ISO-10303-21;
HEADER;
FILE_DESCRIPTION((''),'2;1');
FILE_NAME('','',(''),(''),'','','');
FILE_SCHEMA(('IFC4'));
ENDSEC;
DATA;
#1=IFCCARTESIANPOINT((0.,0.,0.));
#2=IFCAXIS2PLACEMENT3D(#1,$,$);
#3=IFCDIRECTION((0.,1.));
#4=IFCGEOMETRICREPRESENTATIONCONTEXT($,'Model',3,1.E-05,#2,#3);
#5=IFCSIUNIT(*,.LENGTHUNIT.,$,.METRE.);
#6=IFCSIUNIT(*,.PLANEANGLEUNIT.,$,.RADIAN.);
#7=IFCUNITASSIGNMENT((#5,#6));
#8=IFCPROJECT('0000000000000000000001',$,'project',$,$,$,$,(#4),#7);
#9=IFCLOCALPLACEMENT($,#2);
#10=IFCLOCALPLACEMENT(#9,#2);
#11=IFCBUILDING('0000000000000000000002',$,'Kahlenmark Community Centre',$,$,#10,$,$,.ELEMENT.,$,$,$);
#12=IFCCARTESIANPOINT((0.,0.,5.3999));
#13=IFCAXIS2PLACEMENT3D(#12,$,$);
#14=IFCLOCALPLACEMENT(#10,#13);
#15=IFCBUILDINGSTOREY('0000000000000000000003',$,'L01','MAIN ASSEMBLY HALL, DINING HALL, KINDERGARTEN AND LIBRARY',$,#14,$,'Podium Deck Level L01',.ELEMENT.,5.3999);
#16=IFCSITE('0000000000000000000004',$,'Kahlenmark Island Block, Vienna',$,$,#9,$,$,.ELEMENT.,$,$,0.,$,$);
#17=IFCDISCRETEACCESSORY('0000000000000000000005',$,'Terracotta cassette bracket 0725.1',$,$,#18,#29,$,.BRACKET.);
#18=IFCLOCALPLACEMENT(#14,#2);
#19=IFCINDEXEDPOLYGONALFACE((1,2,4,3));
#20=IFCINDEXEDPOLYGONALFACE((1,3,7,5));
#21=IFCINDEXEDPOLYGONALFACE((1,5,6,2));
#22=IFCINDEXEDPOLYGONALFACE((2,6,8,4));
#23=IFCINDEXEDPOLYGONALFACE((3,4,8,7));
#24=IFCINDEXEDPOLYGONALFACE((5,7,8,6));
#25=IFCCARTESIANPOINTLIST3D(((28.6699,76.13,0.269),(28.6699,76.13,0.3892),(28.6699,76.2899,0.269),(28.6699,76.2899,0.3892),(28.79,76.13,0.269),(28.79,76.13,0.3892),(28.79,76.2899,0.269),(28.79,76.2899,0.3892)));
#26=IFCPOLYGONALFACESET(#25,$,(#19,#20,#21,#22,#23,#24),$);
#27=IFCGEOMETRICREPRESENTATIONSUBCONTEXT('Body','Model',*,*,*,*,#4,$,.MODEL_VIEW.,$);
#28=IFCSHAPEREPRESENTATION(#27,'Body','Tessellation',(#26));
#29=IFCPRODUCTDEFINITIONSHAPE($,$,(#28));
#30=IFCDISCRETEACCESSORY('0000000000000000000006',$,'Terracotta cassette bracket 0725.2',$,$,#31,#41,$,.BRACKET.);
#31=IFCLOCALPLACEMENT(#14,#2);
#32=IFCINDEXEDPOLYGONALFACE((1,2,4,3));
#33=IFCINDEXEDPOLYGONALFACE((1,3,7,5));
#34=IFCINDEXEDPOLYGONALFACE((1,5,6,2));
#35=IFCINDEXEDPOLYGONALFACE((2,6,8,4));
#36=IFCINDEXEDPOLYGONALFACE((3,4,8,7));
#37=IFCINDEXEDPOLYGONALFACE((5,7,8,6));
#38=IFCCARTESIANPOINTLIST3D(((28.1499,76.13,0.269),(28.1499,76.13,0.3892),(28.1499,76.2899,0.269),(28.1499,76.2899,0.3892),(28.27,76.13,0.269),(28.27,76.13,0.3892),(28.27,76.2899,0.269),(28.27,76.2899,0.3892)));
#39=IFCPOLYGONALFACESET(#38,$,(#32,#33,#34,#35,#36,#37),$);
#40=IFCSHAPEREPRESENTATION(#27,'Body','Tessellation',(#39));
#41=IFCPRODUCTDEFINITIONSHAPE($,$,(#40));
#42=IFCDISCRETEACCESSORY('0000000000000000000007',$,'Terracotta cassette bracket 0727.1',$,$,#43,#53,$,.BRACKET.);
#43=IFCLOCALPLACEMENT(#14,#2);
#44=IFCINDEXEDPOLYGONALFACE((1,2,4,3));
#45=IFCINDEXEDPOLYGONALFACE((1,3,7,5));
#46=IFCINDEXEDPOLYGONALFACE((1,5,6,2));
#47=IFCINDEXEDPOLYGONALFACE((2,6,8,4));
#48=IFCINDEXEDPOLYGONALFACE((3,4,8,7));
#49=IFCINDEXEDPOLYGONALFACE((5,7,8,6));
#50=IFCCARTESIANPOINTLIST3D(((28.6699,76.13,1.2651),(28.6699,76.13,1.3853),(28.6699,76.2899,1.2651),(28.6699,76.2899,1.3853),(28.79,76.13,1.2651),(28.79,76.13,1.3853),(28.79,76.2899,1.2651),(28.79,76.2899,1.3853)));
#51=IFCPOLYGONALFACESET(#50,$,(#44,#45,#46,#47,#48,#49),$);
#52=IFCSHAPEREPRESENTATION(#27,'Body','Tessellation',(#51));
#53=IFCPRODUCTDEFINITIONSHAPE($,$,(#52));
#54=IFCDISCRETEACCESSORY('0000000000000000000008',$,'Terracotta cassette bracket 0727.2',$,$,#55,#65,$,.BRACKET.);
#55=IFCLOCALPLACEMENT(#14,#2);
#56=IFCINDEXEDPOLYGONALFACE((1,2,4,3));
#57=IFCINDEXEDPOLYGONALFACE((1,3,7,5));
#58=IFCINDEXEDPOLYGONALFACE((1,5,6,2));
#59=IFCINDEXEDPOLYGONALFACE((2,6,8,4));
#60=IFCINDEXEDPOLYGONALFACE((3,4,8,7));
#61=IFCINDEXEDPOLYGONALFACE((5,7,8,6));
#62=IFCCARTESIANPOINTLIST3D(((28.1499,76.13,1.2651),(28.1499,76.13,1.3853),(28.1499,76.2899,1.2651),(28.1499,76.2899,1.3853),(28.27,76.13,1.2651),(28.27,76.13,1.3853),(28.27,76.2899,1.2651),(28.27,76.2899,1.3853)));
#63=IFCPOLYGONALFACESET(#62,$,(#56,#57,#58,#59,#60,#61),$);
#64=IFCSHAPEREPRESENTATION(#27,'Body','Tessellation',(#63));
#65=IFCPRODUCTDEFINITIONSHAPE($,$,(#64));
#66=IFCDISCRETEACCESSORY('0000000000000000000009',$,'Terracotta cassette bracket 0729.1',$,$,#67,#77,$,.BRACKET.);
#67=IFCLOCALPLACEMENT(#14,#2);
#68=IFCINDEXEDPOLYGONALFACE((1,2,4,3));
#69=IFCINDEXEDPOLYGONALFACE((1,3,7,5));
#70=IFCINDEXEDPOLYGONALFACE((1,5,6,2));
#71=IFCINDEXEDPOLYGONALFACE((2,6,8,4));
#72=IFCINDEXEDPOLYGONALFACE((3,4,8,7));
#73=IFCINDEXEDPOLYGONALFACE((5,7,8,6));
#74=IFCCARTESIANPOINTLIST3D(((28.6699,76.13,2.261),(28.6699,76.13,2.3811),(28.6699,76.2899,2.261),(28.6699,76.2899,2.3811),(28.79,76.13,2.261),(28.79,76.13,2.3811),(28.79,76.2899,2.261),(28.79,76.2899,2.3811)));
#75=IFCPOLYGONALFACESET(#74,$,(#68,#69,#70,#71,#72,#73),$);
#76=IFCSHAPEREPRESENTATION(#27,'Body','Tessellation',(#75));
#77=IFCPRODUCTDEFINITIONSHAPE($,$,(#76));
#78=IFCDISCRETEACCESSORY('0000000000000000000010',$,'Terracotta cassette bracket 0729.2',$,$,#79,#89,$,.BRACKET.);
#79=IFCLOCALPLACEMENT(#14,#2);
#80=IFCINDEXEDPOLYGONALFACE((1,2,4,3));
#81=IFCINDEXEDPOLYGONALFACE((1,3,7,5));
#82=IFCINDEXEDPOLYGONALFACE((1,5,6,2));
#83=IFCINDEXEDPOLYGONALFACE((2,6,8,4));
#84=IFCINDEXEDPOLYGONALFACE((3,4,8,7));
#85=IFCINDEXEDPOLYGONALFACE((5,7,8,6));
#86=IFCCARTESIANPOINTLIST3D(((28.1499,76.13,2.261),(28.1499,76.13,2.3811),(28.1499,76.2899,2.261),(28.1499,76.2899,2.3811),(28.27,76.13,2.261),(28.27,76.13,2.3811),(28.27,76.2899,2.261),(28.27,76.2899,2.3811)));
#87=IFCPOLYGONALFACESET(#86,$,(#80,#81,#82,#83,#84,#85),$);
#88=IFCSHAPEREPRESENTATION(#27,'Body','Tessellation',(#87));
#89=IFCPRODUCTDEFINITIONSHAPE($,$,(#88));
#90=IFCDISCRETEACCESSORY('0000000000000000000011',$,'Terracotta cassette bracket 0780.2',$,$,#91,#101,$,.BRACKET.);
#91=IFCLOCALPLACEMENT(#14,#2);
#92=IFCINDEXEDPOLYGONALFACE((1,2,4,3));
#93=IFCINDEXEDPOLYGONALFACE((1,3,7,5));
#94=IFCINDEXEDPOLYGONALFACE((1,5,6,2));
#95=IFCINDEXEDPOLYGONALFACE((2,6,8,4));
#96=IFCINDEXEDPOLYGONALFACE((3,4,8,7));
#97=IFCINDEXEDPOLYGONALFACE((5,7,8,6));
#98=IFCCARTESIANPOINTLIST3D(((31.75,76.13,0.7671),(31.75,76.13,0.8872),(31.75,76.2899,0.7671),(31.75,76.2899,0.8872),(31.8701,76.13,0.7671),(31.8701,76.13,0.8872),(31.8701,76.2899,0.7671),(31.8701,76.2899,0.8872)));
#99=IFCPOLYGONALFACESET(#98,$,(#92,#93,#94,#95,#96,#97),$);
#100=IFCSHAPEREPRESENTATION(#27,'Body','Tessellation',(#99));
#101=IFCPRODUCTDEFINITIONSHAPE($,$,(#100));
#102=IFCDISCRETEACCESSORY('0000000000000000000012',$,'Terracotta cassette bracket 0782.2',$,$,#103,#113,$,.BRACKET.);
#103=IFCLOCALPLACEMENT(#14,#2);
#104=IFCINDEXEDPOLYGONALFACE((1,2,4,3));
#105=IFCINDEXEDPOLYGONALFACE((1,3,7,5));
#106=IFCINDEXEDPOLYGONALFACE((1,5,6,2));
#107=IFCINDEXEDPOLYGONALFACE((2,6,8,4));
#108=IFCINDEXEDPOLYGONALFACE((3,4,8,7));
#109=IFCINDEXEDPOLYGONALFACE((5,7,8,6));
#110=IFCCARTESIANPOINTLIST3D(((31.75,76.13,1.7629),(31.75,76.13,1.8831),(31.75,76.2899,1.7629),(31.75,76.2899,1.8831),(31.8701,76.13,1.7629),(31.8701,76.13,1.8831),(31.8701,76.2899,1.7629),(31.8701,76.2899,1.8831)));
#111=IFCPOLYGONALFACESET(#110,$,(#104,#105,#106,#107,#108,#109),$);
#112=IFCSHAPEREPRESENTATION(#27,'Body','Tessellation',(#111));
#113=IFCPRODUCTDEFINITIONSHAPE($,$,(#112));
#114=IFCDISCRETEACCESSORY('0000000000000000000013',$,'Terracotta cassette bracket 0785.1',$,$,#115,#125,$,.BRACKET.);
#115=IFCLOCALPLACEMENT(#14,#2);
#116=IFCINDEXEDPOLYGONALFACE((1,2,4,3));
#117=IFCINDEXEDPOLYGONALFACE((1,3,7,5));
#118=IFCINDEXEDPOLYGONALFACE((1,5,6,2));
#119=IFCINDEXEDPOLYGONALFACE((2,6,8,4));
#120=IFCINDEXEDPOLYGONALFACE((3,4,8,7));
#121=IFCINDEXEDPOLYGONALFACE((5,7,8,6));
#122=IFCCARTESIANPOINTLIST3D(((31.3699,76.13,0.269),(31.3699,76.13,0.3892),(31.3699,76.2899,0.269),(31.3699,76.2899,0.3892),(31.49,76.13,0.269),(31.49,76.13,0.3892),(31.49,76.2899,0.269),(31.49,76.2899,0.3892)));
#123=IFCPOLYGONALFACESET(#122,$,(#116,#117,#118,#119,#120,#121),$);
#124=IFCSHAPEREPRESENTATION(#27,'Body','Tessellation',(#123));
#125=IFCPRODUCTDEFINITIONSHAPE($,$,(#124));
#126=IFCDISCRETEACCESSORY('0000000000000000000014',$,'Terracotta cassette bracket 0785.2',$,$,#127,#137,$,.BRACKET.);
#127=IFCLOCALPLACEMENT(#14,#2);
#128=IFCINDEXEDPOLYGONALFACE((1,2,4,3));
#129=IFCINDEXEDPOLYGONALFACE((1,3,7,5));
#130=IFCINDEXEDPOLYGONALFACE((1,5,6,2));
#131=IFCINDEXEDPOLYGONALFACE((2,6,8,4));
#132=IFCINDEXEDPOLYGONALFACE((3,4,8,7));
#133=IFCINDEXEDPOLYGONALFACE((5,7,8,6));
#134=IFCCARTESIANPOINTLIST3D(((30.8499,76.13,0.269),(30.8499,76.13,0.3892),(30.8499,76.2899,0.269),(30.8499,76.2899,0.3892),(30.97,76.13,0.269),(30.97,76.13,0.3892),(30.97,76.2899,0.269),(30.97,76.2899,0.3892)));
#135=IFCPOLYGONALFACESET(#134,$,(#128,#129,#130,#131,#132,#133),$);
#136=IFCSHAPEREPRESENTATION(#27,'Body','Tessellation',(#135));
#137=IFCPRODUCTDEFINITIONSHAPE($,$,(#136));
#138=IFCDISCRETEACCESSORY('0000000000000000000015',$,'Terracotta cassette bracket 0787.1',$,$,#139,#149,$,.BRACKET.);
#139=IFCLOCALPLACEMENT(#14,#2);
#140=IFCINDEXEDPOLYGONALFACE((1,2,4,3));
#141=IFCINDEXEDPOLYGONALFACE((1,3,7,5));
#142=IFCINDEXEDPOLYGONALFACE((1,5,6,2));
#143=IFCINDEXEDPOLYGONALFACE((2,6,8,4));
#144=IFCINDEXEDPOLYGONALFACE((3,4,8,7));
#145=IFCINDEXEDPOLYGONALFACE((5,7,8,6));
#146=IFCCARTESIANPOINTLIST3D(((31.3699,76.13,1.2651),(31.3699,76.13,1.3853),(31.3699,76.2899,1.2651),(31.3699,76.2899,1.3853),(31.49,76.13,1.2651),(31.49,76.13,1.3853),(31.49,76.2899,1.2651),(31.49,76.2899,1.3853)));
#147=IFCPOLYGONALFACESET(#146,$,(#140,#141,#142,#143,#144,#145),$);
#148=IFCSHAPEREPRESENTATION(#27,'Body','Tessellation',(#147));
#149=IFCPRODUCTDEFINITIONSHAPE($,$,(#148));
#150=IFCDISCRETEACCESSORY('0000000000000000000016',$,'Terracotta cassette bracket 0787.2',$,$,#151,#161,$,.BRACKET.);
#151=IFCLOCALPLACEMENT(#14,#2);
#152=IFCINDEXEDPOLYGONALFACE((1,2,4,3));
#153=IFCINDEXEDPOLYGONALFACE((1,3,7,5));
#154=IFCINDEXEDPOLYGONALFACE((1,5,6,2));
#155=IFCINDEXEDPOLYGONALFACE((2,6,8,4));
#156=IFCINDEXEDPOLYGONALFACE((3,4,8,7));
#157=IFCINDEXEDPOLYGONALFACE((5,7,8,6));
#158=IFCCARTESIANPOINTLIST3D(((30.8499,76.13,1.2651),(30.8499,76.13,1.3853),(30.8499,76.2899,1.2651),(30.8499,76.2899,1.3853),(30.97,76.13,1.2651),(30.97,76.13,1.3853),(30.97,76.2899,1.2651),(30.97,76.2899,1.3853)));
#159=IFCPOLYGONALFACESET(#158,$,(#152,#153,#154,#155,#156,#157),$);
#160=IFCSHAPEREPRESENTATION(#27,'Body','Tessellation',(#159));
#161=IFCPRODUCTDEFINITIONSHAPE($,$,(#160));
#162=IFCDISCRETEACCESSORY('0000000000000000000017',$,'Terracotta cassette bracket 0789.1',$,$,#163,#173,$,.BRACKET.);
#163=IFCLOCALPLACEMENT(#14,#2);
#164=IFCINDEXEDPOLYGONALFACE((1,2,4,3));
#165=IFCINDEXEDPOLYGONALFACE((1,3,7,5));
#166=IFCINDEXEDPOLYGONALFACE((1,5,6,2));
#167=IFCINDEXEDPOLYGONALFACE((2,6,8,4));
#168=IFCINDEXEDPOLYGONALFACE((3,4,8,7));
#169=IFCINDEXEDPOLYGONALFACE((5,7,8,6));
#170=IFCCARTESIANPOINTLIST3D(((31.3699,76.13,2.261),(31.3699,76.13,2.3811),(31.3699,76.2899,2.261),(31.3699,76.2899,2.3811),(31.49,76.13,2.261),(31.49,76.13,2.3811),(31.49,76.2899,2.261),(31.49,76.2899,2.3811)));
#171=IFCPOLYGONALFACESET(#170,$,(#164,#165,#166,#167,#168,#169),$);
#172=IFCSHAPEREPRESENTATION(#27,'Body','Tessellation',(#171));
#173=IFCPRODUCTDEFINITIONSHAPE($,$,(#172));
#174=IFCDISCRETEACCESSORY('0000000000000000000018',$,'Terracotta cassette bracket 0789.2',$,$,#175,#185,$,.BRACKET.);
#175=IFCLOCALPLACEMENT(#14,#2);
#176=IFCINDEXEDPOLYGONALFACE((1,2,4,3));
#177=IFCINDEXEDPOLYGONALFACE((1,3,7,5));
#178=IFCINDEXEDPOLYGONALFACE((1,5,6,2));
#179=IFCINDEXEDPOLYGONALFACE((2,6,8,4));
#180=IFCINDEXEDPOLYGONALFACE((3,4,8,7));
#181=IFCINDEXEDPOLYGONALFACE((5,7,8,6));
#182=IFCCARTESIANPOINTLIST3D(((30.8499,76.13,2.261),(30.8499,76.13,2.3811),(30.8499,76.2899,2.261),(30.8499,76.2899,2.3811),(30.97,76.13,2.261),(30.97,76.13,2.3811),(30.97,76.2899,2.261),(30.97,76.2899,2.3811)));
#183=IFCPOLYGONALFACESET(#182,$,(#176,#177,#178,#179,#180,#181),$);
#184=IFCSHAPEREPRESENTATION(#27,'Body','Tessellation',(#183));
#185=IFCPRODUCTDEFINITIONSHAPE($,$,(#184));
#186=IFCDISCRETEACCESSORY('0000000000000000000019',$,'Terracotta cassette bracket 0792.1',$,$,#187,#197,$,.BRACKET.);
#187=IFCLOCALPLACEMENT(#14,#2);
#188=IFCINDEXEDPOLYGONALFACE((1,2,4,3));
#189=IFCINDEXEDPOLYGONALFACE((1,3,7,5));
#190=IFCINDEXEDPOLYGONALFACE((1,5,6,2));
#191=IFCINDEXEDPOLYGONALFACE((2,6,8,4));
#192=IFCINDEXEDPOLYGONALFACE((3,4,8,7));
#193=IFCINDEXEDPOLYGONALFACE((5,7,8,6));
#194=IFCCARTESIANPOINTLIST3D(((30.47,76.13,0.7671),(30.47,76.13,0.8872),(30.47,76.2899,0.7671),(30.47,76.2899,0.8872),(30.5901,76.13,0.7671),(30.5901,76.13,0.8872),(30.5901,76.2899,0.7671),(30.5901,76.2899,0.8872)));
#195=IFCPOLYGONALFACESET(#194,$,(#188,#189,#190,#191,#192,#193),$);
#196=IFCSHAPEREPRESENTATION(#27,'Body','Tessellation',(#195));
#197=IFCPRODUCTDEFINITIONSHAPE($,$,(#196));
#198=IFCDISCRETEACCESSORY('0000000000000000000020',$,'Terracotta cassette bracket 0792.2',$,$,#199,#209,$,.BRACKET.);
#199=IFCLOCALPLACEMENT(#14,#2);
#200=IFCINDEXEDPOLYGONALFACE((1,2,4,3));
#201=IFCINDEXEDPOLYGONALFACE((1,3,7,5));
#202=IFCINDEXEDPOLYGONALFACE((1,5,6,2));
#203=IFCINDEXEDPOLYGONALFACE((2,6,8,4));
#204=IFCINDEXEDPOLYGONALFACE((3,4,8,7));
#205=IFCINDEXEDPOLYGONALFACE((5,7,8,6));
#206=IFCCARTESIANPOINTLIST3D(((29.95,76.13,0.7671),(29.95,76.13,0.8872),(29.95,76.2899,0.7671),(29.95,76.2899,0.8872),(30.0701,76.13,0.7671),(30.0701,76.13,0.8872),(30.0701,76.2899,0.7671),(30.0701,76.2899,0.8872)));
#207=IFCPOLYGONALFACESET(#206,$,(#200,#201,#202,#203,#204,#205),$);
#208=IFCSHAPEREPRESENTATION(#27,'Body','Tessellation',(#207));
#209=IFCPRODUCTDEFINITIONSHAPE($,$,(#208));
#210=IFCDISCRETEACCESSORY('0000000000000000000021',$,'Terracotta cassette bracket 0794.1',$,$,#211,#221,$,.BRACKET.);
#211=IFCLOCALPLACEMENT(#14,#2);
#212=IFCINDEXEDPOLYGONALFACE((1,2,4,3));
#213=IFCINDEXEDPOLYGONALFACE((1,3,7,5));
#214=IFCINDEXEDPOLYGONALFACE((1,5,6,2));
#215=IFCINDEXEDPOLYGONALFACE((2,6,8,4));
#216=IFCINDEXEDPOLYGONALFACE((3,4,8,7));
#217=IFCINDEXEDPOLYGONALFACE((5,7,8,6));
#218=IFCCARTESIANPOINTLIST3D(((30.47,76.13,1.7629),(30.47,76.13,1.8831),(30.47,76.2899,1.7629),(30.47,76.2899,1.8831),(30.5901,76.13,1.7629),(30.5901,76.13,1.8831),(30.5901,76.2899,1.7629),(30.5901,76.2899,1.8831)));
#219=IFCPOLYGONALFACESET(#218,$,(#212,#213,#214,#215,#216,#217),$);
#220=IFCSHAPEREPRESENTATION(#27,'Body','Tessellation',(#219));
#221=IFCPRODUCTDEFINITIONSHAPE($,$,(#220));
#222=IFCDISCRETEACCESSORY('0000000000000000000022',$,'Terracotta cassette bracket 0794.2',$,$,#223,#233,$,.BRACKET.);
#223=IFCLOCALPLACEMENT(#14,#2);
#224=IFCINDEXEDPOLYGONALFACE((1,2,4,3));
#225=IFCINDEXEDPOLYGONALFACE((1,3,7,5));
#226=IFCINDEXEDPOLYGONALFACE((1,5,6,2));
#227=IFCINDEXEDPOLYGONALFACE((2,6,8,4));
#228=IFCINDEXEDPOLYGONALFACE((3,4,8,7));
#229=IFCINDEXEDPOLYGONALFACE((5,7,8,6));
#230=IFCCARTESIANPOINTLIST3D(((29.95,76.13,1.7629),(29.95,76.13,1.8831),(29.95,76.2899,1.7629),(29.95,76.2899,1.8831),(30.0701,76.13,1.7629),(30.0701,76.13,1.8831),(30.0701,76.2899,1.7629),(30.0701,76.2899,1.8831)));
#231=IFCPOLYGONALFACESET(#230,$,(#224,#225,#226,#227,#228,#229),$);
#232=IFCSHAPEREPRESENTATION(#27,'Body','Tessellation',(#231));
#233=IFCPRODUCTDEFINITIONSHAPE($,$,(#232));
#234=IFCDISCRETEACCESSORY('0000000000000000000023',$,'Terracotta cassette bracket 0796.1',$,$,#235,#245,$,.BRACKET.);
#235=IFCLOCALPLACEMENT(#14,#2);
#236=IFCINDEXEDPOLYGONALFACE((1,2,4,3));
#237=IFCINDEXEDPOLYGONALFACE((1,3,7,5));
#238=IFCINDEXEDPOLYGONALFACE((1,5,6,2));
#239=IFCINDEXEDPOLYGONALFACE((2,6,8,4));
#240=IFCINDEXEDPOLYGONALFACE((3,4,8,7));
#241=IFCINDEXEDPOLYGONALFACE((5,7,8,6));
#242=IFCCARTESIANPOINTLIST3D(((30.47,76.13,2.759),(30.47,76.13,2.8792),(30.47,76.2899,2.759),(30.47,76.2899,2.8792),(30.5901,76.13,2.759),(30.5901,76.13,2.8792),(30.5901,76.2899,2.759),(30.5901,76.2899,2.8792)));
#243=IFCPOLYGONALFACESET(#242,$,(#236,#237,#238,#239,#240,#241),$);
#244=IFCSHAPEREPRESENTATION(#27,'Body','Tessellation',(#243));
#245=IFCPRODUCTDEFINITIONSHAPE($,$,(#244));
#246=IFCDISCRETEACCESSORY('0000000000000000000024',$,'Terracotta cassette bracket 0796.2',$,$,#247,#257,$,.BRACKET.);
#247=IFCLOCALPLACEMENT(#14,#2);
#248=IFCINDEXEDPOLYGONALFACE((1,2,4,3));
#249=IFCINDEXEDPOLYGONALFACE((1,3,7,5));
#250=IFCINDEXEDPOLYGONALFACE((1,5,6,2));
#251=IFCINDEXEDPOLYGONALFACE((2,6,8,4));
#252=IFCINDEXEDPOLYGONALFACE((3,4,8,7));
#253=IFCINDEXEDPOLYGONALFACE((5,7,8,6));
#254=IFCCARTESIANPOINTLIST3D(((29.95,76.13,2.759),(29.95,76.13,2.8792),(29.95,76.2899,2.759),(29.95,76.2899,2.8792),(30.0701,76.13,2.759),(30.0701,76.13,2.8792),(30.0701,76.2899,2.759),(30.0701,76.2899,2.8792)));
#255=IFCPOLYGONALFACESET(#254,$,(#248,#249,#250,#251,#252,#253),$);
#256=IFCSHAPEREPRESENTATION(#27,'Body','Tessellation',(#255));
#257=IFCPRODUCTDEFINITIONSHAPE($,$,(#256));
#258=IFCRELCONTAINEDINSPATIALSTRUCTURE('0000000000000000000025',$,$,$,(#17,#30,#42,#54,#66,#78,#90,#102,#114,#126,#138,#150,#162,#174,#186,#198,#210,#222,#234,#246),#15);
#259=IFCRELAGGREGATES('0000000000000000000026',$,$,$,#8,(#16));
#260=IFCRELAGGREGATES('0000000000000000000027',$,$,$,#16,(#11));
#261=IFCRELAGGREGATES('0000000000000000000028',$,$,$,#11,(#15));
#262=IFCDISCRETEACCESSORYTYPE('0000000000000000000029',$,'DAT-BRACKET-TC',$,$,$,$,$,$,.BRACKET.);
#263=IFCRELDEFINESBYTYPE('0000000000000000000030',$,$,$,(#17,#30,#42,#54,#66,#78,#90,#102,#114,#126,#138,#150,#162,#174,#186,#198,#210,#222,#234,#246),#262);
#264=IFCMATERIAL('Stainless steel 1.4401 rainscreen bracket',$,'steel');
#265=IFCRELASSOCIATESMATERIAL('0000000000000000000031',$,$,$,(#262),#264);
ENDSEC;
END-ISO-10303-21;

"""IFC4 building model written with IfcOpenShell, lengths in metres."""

from ifc_helpers import new_model, si_unit, direction, frame, origin, origin_2d, place, context, subcontext, project, spatial, rectangle, extrude, material, type_object, element, save


model = new_model("IFC4")

# Units and contexts
model_context = context("Model", 3, precision=1e-05, world=origin(), true_north=direction((0.0, 1.0)))
body_context = subcontext(model_context, "Body", "Model", "MODEL_VIEW")
ifc_project = project(units=[si_unit("LENGTHUNIT", "METRE"), si_unit("PLANEANGLEUNIT", "RADIAN")], contexts=[model_context])

# Site, building, storey
site_placement = place(None, origin())
site = spatial("IfcSite", under=ifc_project, at=site_placement, Name="Kahlenmark Island Block, Vienna", CompositionType="ELEMENT", RefElevation=0.0)
building_placement = place(site_placement, origin())
building = spatial("IfcBuilding", under=site, at=building_placement, Name="Kahlenmark Community Centre", CompositionType="ELEMENT")
storey_placement = place(building_placement, frame((0.0, 0.0, 5.3999)))
storey = spatial("IfcBuildingStorey", under=building, at=storey_placement, Name="L01", Description="MAIN ASSEMBLY HALL, DINING HALL, KINDERGARTEN AND LIBRARY", LongName="Podium Deck Level L01", CompositionType="ELEMENT", Elevation=5.3999)

# Discrete accessories
ifc_material = material(Name="Stainless steel 1.4401 rainscreen bracket", Category="steel")
discrete_accessory_type = type_object("IfcDiscreteAccessoryType", Name="DAT-BRACKET-TC", PredefinedType="BRACKET", material=ifc_material)
for number, where, z_axis, x_axis, name in (
    (1, (28.73, 76.21, 0.269), (0.0, 0.0, 1.0), (-1.0, 0.0, 0.0), "Terracotta cassette bracket 0725.1"),
    (2, (28.21, 76.21, 0.269), (0.0, 0.0, 1.0), (-1.0, 0.0, 0.0), "Terracotta cassette bracket 0725.2"),
    (3, (28.73, 76.21, 1.2651), (0.0, 0.0, 1.0), (-1.0, 0.0, 0.0), "Terracotta cassette bracket 0727.1"),
    (4, (28.21, 76.21, 1.2651), (0.0, 0.0, 1.0), (-1.0, 0.0, 0.0), "Terracotta cassette bracket 0727.2"),
    (5, (28.73, 76.21, 2.261), (0.0, 0.0, 1.0), (-1.0, 0.0, 0.0), "Terracotta cassette bracket 0729.1"),
    (6, (28.21, 76.21, 2.261), (0.0, 0.0, 1.0), (-1.0, 0.0, 0.0), "Terracotta cassette bracket 0729.2"),
    (7, (31.8101, 76.21, 0.7671), (0.0, 0.0, 1.0), (-1.0, 0.0, 0.0), "Terracotta cassette bracket 0780.2"),
    (8, (31.8101, 76.21, 1.7629), (0.0, 0.0, 1.0), (-1.0, 0.0, 0.0), "Terracotta cassette bracket 0782.2"),
    (9, (31.4299, 76.21, 0.269), (0.0, 0.0, 1.0), (-1.0, 0.0, 0.0), "Terracotta cassette bracket 0785.1"),
    (10, (30.9099, 76.21, 0.269), (0.0, 0.0, 1.0), (-1.0, 0.0, 0.0), "Terracotta cassette bracket 0785.2"),
    (11, (31.4299, 76.21, 1.2651), (0.0, 0.0, 1.0), (-1.0, 0.0, 0.0), "Terracotta cassette bracket 0787.1"),
    (12, (30.9099, 76.21, 1.2651), (0.0, 0.0, 1.0), (-1.0, 0.0, 0.0), "Terracotta cassette bracket 0787.2"),
    (13, (31.4299, 76.21, 2.261), (0.0, 0.0, 1.0), (-1.0, 0.0, 0.0), "Terracotta cassette bracket 0789.1"),
    (14, (30.9099, 76.21, 2.261), (0.0, 0.0, 1.0), (-1.0, 0.0, 0.0), "Terracotta cassette bracket 0789.2"),
    (15, (30.53, 76.21, 0.7671), (0.0, 0.0, 1.0), (-1.0, 0.0, 0.0), "Terracotta cassette bracket 0792.1"),
    (16, (30.01, 76.21, 0.7671), (0.0, 0.0, 1.0), (-1.0, 0.0, 0.0), "Terracotta cassette bracket 0792.2"),
    (17, (30.53, 76.21, 1.7629), (0.0, 0.0, 1.0), (-1.0, 0.0, 0.0), "Terracotta cassette bracket 0794.1"),
    (18, (30.01, 76.21, 1.7629), (0.0, 0.0, 1.0), (-1.0, 0.0, 0.0), "Terracotta cassette bracket 0794.2"),
    (19, (30.53, 76.21, 2.759), (0.0, 0.0, 1.0), (-1.0, 0.0, 0.0), "Terracotta cassette bracket 0796.1"),
    (20, (30.01, 76.21, 2.759), (0.0, 0.0, 1.0), (-1.0, 0.0, 0.0), "Terracotta cassette bracket 0796.2"),
):
    element("IfcDiscreteAccessory", number, at=place(storey_placement, frame(where, z_axis=z_axis, x_axis=x_axis)), inside=storey, type_object=discrete_accessory_type, Name=name, PredefinedType="BRACKET", context=body_context, shape_type="SweptSolid", body=[
        extrude(rectangle(XDim=0.1201, YDim=0.1599, at=origin_2d()), origin(), (0.0, 0.0, 1.0), 0.1201),
    ])

save(model, "model.ifc")
